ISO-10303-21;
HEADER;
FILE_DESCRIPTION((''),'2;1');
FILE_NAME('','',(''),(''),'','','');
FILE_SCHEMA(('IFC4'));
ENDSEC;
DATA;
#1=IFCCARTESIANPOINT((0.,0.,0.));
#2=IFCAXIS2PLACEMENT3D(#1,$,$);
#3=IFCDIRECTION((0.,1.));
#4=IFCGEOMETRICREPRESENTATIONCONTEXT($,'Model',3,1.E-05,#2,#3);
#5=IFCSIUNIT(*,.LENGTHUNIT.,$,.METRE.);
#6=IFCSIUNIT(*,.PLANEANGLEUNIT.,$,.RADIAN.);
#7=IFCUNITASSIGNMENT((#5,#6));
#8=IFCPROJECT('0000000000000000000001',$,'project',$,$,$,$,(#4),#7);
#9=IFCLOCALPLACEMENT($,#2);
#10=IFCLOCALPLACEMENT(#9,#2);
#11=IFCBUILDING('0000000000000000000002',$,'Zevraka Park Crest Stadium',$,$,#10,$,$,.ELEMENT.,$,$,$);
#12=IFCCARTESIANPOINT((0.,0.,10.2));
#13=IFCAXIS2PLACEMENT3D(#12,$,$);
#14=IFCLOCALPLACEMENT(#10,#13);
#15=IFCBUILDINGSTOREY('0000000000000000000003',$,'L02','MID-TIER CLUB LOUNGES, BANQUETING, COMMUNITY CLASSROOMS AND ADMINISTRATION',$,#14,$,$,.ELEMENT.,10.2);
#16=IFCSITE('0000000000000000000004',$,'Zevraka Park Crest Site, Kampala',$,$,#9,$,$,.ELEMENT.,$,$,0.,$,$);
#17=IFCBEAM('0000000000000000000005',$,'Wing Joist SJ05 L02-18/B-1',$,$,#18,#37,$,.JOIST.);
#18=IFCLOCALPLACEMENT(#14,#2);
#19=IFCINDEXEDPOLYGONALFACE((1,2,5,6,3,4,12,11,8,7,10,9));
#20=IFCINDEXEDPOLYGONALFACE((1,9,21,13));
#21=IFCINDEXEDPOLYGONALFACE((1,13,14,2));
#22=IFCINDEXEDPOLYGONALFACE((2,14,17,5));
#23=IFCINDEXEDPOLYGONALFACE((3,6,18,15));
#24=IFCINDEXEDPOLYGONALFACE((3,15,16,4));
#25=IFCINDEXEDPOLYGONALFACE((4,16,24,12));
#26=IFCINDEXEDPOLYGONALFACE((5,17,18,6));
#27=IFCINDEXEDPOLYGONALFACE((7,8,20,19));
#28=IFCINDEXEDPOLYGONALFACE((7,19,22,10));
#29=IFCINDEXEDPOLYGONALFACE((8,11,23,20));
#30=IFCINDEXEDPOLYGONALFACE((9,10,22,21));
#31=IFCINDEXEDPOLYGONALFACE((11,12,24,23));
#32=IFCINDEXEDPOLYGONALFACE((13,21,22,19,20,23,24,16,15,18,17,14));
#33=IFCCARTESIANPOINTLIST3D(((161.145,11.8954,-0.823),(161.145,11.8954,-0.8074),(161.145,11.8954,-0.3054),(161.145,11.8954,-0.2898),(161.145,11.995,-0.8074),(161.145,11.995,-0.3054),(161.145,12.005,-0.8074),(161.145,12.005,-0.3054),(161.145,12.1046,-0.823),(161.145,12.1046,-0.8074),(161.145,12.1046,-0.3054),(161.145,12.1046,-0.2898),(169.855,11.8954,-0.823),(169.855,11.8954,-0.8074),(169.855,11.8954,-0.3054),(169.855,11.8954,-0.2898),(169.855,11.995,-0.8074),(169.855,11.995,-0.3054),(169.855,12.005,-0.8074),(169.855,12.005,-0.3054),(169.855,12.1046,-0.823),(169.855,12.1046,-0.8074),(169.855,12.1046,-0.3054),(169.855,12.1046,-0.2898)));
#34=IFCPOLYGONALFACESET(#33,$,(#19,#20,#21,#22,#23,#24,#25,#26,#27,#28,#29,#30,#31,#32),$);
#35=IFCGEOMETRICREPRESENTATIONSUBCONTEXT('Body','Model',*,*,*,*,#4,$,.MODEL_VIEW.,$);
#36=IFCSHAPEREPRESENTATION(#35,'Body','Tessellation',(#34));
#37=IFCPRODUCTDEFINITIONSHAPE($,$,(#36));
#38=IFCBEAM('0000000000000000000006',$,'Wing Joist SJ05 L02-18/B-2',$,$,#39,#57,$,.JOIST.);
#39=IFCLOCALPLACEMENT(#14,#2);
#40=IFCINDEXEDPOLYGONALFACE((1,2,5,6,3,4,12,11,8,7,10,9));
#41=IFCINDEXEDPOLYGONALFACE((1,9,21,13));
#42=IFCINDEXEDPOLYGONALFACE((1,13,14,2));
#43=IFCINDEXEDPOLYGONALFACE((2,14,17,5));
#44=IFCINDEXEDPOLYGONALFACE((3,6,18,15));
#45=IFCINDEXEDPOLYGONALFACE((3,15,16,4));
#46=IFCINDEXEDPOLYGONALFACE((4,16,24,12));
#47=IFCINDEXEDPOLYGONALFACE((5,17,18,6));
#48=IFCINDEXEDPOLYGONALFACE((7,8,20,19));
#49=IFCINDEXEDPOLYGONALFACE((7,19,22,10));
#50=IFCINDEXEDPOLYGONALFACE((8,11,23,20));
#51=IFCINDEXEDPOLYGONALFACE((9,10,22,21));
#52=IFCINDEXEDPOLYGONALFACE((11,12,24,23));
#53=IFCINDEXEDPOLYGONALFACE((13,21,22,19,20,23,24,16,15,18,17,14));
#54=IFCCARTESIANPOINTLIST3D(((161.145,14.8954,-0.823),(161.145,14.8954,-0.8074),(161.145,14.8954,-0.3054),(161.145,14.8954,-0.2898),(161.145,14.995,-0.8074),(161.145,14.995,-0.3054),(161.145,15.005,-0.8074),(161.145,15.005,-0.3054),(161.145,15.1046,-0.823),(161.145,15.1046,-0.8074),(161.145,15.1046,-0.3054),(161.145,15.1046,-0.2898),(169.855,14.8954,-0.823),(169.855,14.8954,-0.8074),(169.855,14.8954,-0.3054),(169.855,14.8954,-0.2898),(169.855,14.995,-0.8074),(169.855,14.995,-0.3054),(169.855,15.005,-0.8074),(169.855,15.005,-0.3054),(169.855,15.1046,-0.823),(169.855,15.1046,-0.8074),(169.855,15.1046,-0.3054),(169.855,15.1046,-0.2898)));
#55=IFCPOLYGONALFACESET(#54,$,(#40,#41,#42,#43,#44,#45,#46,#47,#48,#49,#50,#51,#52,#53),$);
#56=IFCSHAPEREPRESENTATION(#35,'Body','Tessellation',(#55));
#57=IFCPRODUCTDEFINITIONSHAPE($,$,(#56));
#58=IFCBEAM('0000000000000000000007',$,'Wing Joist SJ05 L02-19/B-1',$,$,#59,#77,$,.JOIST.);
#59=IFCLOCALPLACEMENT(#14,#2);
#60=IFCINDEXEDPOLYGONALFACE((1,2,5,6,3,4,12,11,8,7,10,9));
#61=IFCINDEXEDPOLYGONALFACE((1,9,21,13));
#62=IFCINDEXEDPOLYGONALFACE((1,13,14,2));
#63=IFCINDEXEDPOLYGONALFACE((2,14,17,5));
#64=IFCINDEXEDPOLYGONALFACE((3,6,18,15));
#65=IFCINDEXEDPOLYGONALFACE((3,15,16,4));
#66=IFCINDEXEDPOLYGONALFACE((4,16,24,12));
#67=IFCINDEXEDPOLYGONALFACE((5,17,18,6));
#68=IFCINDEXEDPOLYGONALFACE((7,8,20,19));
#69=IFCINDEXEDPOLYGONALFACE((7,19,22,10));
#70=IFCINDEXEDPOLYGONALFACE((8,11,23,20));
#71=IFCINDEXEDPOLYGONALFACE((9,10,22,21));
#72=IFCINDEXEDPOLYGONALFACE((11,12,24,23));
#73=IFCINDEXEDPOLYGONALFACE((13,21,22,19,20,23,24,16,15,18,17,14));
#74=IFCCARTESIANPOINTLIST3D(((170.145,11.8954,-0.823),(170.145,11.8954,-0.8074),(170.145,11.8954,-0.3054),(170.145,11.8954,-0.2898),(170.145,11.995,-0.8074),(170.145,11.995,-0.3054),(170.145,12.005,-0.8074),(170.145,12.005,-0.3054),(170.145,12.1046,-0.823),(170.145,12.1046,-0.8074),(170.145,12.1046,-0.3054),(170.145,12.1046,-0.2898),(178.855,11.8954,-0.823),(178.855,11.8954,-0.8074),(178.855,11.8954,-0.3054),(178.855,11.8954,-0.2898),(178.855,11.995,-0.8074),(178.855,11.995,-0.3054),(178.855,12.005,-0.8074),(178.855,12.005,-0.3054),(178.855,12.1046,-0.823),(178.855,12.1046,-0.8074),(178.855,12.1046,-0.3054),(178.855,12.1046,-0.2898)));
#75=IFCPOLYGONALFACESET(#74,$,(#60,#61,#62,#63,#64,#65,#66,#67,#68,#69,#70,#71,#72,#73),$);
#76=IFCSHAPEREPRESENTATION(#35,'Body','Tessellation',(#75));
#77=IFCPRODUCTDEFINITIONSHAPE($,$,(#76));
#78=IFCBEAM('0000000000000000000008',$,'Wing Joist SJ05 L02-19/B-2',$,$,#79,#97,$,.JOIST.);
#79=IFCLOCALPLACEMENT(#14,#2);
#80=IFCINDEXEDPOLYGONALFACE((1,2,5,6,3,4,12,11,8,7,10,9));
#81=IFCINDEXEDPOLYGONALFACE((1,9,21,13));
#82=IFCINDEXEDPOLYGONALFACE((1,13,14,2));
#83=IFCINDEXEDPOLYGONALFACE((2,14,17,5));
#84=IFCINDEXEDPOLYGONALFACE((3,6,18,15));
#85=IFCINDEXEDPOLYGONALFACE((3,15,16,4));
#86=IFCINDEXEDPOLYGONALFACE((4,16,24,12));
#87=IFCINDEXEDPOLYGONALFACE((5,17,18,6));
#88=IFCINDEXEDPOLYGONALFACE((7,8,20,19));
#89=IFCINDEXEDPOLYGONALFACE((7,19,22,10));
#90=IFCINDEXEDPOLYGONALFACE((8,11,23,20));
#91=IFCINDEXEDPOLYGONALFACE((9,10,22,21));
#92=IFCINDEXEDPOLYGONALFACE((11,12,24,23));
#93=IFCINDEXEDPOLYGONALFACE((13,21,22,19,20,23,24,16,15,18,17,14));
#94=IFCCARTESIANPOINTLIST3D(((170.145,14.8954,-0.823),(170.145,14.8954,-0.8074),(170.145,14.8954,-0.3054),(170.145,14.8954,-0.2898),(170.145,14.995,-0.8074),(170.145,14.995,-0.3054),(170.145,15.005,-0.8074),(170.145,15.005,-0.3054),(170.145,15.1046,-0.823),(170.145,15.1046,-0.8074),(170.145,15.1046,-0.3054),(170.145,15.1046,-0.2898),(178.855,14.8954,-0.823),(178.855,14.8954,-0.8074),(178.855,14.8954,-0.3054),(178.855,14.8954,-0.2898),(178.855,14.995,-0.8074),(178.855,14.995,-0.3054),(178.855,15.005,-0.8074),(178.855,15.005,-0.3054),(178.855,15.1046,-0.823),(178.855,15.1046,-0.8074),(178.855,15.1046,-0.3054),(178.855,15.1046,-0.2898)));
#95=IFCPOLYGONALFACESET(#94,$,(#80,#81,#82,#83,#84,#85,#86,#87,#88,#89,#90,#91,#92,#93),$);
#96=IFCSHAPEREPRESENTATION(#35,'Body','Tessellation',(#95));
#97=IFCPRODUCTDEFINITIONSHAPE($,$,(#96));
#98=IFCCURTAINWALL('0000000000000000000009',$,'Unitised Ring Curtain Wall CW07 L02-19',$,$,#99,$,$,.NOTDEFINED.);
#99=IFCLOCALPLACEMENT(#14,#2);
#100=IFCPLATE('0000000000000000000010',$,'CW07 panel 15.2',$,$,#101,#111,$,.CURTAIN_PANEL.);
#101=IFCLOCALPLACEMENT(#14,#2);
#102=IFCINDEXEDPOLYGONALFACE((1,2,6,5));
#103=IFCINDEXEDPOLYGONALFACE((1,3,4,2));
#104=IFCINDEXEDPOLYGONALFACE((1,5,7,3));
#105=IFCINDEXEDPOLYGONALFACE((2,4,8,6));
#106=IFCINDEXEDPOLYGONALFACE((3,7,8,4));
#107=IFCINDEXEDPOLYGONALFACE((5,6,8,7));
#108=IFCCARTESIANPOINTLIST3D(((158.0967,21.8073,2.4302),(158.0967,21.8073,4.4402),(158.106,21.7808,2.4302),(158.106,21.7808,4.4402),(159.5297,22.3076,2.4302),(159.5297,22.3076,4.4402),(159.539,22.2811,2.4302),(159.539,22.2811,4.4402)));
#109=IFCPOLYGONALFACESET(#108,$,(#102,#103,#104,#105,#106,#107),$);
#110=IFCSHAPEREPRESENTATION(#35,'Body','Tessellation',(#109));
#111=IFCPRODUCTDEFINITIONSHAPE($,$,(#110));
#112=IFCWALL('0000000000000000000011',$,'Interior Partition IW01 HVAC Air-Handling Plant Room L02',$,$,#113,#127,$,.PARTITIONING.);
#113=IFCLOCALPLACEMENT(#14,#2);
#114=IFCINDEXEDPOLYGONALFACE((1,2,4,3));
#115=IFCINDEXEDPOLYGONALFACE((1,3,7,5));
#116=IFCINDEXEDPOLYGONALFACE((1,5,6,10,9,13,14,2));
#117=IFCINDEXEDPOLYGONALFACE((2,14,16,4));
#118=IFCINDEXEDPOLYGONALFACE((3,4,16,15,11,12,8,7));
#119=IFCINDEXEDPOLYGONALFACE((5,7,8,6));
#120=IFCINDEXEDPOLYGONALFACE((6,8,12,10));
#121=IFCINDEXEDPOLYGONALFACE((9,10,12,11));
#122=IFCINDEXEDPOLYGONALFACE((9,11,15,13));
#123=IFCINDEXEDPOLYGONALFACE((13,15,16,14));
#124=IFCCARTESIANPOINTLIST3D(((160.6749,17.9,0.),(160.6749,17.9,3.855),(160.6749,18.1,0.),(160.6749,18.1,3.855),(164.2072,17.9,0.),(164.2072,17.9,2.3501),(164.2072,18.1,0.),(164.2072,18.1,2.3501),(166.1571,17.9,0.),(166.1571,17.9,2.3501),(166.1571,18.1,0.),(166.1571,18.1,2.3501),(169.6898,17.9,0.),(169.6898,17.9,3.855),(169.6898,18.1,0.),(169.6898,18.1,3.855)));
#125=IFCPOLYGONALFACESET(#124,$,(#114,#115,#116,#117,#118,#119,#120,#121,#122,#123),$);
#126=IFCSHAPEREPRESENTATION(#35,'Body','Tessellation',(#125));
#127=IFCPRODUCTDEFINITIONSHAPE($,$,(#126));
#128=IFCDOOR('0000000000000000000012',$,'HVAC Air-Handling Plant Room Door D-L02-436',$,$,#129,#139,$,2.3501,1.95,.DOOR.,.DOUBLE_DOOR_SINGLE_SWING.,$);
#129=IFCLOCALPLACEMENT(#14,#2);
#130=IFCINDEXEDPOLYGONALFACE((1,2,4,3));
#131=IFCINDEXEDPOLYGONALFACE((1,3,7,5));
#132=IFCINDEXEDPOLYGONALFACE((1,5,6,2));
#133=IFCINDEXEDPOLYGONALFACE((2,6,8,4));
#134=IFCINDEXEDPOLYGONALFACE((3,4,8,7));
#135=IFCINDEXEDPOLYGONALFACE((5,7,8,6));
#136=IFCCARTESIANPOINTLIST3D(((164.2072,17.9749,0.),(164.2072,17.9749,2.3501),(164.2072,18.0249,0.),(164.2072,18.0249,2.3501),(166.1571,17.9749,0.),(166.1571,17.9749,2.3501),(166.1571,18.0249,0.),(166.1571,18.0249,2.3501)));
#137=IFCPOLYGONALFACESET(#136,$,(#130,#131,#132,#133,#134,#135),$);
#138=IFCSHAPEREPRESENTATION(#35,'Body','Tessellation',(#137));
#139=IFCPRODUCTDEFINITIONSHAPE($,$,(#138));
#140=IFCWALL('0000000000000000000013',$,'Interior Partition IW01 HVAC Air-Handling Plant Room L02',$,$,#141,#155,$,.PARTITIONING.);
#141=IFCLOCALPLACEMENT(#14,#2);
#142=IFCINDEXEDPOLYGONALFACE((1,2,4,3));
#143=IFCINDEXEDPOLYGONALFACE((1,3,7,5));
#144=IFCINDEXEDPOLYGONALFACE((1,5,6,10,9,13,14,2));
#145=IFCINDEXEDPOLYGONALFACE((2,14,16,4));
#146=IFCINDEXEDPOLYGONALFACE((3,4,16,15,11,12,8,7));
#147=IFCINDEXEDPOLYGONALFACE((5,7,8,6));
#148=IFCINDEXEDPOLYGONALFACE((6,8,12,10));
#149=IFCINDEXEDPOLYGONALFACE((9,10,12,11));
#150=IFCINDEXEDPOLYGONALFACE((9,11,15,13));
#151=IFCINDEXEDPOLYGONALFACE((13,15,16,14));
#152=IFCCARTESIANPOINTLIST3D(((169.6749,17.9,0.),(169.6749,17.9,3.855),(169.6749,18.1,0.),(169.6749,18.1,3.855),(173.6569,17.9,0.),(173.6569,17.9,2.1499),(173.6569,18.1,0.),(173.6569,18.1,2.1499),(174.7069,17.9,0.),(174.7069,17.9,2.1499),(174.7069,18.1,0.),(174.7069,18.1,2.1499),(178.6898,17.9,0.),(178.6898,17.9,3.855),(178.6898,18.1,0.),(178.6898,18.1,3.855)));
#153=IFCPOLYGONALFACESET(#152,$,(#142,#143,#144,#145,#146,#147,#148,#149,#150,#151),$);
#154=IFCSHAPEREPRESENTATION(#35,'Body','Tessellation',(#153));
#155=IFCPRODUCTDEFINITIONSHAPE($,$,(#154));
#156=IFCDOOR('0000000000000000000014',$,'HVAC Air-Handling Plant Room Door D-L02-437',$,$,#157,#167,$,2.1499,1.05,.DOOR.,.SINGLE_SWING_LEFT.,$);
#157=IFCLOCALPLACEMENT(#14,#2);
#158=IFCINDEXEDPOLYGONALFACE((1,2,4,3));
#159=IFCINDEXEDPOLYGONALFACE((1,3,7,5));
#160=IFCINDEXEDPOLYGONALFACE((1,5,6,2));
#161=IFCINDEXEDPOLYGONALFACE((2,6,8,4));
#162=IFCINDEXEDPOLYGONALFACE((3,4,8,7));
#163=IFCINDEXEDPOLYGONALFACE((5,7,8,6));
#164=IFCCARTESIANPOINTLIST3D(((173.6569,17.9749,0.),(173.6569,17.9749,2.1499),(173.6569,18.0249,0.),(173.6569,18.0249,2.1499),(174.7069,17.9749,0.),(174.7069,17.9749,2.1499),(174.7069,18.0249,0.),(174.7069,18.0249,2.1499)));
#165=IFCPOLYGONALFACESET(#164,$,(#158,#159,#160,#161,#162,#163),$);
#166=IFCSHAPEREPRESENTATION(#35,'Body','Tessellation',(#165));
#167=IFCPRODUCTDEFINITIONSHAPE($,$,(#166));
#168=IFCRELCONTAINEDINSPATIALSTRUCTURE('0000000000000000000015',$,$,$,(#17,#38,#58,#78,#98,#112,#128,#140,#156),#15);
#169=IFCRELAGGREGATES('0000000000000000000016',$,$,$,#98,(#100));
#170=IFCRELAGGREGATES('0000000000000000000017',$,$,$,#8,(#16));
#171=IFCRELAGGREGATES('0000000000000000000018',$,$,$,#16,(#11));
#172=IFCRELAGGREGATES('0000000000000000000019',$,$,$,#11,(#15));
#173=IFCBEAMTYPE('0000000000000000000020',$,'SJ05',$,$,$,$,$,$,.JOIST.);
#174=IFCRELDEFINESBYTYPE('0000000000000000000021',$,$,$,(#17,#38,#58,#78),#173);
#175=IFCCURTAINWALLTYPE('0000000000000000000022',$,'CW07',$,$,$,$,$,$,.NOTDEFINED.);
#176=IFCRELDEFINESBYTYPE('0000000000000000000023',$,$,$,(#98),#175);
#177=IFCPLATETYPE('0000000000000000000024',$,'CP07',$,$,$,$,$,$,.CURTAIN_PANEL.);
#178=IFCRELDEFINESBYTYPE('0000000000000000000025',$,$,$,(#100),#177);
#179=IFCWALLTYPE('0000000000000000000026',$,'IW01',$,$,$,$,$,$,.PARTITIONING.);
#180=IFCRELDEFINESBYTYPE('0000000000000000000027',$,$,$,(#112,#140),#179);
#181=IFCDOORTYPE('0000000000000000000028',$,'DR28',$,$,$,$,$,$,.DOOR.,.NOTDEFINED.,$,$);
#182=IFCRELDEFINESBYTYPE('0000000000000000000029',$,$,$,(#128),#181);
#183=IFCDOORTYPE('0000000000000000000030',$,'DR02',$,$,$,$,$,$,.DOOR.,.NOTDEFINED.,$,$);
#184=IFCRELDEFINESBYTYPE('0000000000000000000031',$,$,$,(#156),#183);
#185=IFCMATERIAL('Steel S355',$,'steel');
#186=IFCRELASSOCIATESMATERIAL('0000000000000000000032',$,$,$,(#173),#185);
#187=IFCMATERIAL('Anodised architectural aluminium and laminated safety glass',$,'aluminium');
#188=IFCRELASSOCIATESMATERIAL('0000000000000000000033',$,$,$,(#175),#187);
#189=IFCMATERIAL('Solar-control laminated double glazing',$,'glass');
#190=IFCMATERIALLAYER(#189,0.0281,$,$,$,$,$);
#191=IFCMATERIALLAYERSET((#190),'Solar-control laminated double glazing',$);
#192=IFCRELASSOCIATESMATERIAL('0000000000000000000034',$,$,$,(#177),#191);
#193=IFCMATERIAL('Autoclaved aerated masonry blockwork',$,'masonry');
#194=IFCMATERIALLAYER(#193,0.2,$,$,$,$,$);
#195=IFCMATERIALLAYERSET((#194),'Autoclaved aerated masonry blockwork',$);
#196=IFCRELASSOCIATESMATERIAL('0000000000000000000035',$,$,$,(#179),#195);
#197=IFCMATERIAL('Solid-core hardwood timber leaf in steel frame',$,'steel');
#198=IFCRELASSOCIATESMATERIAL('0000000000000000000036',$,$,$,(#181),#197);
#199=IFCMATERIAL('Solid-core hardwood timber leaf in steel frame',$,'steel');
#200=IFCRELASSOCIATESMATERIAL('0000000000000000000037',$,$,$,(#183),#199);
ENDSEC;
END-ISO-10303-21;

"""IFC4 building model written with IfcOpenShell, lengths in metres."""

from ifc_helpers import new_model, si_unit, direction, frame, frame_2d, origin, origin_2d, place, context, subcontext, project, spatial, rectangle, i_section, extrude, material, layer, layer_set, material_profile, profile_set, type_object, element, fill, aggregate, save


model = new_model("IFC4")

# Units and contexts
model_context = context("Model", 3, precision=1e-05, world=origin(), true_north=direction((0.0, 1.0)))
body_context = subcontext(model_context, "Body", "Model", "MODEL_VIEW")
ifc_project = project(units=[si_unit("LENGTHUNIT", "METRE"), si_unit("PLANEANGLEUNIT", "RADIAN")], contexts=[model_context])

# Site, building, storey
site_placement = place(None, origin())
site = spatial("IfcSite", under=ifc_project, at=site_placement, Name="Zevraka Park Crest Site, Kampala", CompositionType="ELEMENT", RefElevation=0.0)
building_placement = place(site_placement, origin())
building = spatial("IfcBuilding", under=site, at=building_placement, Name="Zevraka Park Crest Stadium", CompositionType="ELEMENT")
storey_placement = place(building_placement, frame((0.0, 0.0, 10.2)))
storey = spatial("IfcBuildingStorey", under=building, at=storey_placement, Name="L02", Description="MID-TIER CLUB LOUNGES, BANQUETING, COMMUNITY CLASSROOMS AND ADMINISTRATION", CompositionType="ELEMENT", Elevation=10.2)

# Beams
ifc_material_1 = material(Name="Steel S355", Category="steel")
ifc_material_profile_1 = material_profile(ifc_material_1, i_section(OverallWidth=0.2092, OverallDepth=0.5332, WebThickness=0.01, FlangeThickness=0.0156, at=origin_2d()), Name="UKB 533x210x92")
ifc_profile_set_1 = profile_set([ifc_material_profile_1], Name="Steel S355")
beam_type_1 = type_object("IfcBeamType", Name="SJ05", PredefinedType="JOIST", material=ifc_profile_set_1)
for number, where, z_axis, x_axis, name in (
    (1, (161.145, 12.0, -0.5564), (1.0, 0.0, 0.0), (0.0, 1.0, 0.0), "Wing Joist SJ05 L02-18/B-1"),
    (2, (161.145, 15.0, -0.5564), (1.0, 0.0, 0.0), (0.0, 1.0, 0.0), "Wing Joist SJ05 L02-18/B-2"),
    (3, (170.145, 12.0, -0.5564), (1.0, 0.0, 0.0), (0.0, 1.0, 0.0), "Wing Joist SJ05 L02-19/B-1"),
    (4, (170.145, 15.0, -0.5564), (1.0, 0.0, 0.0), (0.0, 1.0, 0.0), "Wing Joist SJ05 L02-19/B-2"),
):
    element("IfcBeam", number, at=place(storey_placement, frame(where, z_axis=z_axis, x_axis=x_axis)), inside=storey, type_object=beam_type_1, Name=name, PredefinedType="JOIST", context=body_context, shape_type="SweptSolid", body=[
        extrude(i_section(OverallWidth=0.2092, OverallDepth=0.5332, WebThickness=0.01, FlangeThickness=0.0156, at=origin_2d()), origin(), (0.0, 0.0, 1.0), 8.71),
    ])

# Curtain wall, plate
ifc_material_2 = material(Name="Anodised architectural aluminium and laminated safety glass", Category="aluminium")
curtain_wall_type = type_object("IfcCurtainWallType", Name="CW07", PredefinedType="NOTDEFINED", material=ifc_material_2)
curtain_wall_placement = place(storey_placement, origin())
curtain_wall = element("IfcCurtainWall", 5, at=curtain_wall_placement, inside=storey, type_object=curtain_wall_type, Name="Unitised Ring Curtain Wall CW07 L02-19", PredefinedType="NOTDEFINED")
ifc_material_3 = material(Name="Solar-control laminated double glazing", Category="glass")
ifc_layer_1 = layer(ifc_material_3, 0.0281)
ifc_layer_set_1 = layer_set([ifc_layer_1], Name="Solar-control laminated double glazing")
plate_type = type_object("IfcPlateType", Name="CP07", PredefinedType="CURTAIN_PANEL", material=ifc_layer_set_1)
plate_placement = place(storey_placement, frame((158.8179, 22.0442, 2.4302), z_axis=(0.0, 0.0, 1.0), x_axis=(0.944114, 0.329619, 0.0)))
plate = element("IfcPlate", 6, at=plate_placement, type_object=plate_type, Name="CW07 panel 15.2", PredefinedType="CURTAIN_PANEL", context=body_context, shape_type="SweptSolid", body=[
    extrude(rectangle(XDim=1.5178, YDim=0.0281, at=origin_2d()), origin(), (0.0, 0.0, 1.0), 2.01),
])
aggregate(curtain_wall, [plate])

# Walls, openings, doors
ifc_material_4 = material(Name="Autoclaved aerated masonry blockwork", Category="masonry")
ifc_layer_2 = layer(ifc_material_4, 0.2)
ifc_layer_set_2 = layer_set([ifc_layer_2], Name="Autoclaved aerated masonry blockwork")
wall_type_1 = type_object("IfcWallType", Name="IW01", PredefinedType="PARTITIONING", material=ifc_layer_set_2)
wall_1_placement = place(storey_placement, frame((160.675, 18.0, 0.0), z_axis=(0.0, 0.0, 1.0), x_axis=(1.0, 0.0, 0.0)))
wall_1 = element("IfcWall", 7, at=wall_1_placement, inside=storey, type_object=wall_type_1, Name="Interior Partition IW01 HVAC Air-Handling Plant Room L02", PredefinedType="PARTITIONING", context=body_context, shape_type="SweptSolid", body=[
    extrude(rectangle(XDim=9.0149, YDim=0.2, at=frame_2d((4.5073, 0.0))), origin(), (0.0, 0.0, 1.0), 3.855),
])
opening_1_placement = place(wall_1_placement, frame((3.532, 0.0, 0.0)))
opening_1 = element("IfcOpeningElement", 8, at=opening_1_placement, cuts=wall_1, PredefinedType="OPENING", context=body_context, shape_type="SweptSolid", body=[
    extrude(rectangle(XDim=1.95, YDim=2.3501, at=frame_2d((0.9751, 1.175))), frame((0.0, 0.1099, 0.0), z_axis=(0.0, -1.0, 0.0), x_axis=(1.0, 0.0, 0.0)), (0.0, 0.0, 1.0), 0.22),
])
ifc_material_5 = material(Name="Solid-core hardwood timber leaf in steel frame", Category="steel")
door_type_1 = type_object("IfcDoorType", Name="DR28", OperationType="NOTDEFINED", PredefinedType="DOOR", material=ifc_material_5)
door_1_placement = place(opening_1_placement, origin())
door_1 = element("IfcDoor", 9, at=door_1_placement, inside=storey, type_object=door_type_1, Name="HVAC Air-Handling Plant Room Door D-L02-436", OperationType="DOUBLE_DOOR_SINGLE_SWING", OverallHeight=2.3501, OverallWidth=1.95, PredefinedType="DOOR", context=body_context, shape_type="SweptSolid", body=[
    extrude(rectangle(XDim=1.95, YDim=2.3501, at=frame_2d((0.9751, 1.175))), frame((0.0, 0.0249, 0.0), z_axis=(0.0, -1.0, 0.0), x_axis=(1.0, 0.0, 0.0)), (0.0, 0.0, 1.0), 0.05),
])
fill(opening_1, door_1)
wall_2_placement = place(storey_placement, frame((169.675, 18.0, 0.0), z_axis=(0.0, 0.0, 1.0), x_axis=(1.0, 0.0, 0.0)))
wall_2 = element("IfcWall", 10, at=wall_2_placement, inside=storey, type_object=wall_type_1, Name="Interior Partition IW01 HVAC Air-Handling Plant Room L02", PredefinedType="PARTITIONING", context=body_context, shape_type="SweptSolid", body=[
    extrude(rectangle(XDim=9.0149, YDim=0.2, at=frame_2d((4.5073, 0.0))), origin(), (0.0, 0.0, 1.0), 3.855),
])
opening_2_placement = place(wall_2_placement, frame((3.9819, 0.0, 0.0)))
opening_2 = element("IfcOpeningElement", 11, at=opening_2_placement, cuts=wall_2, PredefinedType="OPENING", context=body_context, shape_type="SweptSolid", body=[
    extrude(rectangle(XDim=1.05, YDim=2.1499, at=frame_2d((0.5249, 1.075))), frame((0.0, 0.1099, 0.0), z_axis=(0.0, -1.0, 0.0), x_axis=(1.0, 0.0, 0.0)), (0.0, 0.0, 1.0), 0.22),
])
ifc_material_6 = material(Name="Solid-core hardwood timber leaf in steel frame", Category="steel")
door_type_2 = type_object("IfcDoorType", Name="DR02", OperationType="NOTDEFINED", PredefinedType="DOOR", material=ifc_material_6)
door_2_placement = place(opening_2_placement, origin())
door_2 = element("IfcDoor", 12, at=door_2_placement, inside=storey, type_object=door_type_2, Name="HVAC Air-Handling Plant Room Door D-L02-437", OperationType="SINGLE_SWING_LEFT", OverallHeight=2.1499, OverallWidth=1.05, PredefinedType="DOOR", context=body_context, shape_type="SweptSolid", body=[
    extrude(rectangle(XDim=1.05, YDim=2.1499, at=frame_2d((0.5249, 1.075))), frame((0.0, 0.0249, 0.0), z_axis=(0.0, -1.0, 0.0), x_axis=(1.0, 0.0, 0.0)), (0.0, 0.0, 1.0), 0.05),
])
fill(opening_2, door_2)

save(model, "model.ifc")
